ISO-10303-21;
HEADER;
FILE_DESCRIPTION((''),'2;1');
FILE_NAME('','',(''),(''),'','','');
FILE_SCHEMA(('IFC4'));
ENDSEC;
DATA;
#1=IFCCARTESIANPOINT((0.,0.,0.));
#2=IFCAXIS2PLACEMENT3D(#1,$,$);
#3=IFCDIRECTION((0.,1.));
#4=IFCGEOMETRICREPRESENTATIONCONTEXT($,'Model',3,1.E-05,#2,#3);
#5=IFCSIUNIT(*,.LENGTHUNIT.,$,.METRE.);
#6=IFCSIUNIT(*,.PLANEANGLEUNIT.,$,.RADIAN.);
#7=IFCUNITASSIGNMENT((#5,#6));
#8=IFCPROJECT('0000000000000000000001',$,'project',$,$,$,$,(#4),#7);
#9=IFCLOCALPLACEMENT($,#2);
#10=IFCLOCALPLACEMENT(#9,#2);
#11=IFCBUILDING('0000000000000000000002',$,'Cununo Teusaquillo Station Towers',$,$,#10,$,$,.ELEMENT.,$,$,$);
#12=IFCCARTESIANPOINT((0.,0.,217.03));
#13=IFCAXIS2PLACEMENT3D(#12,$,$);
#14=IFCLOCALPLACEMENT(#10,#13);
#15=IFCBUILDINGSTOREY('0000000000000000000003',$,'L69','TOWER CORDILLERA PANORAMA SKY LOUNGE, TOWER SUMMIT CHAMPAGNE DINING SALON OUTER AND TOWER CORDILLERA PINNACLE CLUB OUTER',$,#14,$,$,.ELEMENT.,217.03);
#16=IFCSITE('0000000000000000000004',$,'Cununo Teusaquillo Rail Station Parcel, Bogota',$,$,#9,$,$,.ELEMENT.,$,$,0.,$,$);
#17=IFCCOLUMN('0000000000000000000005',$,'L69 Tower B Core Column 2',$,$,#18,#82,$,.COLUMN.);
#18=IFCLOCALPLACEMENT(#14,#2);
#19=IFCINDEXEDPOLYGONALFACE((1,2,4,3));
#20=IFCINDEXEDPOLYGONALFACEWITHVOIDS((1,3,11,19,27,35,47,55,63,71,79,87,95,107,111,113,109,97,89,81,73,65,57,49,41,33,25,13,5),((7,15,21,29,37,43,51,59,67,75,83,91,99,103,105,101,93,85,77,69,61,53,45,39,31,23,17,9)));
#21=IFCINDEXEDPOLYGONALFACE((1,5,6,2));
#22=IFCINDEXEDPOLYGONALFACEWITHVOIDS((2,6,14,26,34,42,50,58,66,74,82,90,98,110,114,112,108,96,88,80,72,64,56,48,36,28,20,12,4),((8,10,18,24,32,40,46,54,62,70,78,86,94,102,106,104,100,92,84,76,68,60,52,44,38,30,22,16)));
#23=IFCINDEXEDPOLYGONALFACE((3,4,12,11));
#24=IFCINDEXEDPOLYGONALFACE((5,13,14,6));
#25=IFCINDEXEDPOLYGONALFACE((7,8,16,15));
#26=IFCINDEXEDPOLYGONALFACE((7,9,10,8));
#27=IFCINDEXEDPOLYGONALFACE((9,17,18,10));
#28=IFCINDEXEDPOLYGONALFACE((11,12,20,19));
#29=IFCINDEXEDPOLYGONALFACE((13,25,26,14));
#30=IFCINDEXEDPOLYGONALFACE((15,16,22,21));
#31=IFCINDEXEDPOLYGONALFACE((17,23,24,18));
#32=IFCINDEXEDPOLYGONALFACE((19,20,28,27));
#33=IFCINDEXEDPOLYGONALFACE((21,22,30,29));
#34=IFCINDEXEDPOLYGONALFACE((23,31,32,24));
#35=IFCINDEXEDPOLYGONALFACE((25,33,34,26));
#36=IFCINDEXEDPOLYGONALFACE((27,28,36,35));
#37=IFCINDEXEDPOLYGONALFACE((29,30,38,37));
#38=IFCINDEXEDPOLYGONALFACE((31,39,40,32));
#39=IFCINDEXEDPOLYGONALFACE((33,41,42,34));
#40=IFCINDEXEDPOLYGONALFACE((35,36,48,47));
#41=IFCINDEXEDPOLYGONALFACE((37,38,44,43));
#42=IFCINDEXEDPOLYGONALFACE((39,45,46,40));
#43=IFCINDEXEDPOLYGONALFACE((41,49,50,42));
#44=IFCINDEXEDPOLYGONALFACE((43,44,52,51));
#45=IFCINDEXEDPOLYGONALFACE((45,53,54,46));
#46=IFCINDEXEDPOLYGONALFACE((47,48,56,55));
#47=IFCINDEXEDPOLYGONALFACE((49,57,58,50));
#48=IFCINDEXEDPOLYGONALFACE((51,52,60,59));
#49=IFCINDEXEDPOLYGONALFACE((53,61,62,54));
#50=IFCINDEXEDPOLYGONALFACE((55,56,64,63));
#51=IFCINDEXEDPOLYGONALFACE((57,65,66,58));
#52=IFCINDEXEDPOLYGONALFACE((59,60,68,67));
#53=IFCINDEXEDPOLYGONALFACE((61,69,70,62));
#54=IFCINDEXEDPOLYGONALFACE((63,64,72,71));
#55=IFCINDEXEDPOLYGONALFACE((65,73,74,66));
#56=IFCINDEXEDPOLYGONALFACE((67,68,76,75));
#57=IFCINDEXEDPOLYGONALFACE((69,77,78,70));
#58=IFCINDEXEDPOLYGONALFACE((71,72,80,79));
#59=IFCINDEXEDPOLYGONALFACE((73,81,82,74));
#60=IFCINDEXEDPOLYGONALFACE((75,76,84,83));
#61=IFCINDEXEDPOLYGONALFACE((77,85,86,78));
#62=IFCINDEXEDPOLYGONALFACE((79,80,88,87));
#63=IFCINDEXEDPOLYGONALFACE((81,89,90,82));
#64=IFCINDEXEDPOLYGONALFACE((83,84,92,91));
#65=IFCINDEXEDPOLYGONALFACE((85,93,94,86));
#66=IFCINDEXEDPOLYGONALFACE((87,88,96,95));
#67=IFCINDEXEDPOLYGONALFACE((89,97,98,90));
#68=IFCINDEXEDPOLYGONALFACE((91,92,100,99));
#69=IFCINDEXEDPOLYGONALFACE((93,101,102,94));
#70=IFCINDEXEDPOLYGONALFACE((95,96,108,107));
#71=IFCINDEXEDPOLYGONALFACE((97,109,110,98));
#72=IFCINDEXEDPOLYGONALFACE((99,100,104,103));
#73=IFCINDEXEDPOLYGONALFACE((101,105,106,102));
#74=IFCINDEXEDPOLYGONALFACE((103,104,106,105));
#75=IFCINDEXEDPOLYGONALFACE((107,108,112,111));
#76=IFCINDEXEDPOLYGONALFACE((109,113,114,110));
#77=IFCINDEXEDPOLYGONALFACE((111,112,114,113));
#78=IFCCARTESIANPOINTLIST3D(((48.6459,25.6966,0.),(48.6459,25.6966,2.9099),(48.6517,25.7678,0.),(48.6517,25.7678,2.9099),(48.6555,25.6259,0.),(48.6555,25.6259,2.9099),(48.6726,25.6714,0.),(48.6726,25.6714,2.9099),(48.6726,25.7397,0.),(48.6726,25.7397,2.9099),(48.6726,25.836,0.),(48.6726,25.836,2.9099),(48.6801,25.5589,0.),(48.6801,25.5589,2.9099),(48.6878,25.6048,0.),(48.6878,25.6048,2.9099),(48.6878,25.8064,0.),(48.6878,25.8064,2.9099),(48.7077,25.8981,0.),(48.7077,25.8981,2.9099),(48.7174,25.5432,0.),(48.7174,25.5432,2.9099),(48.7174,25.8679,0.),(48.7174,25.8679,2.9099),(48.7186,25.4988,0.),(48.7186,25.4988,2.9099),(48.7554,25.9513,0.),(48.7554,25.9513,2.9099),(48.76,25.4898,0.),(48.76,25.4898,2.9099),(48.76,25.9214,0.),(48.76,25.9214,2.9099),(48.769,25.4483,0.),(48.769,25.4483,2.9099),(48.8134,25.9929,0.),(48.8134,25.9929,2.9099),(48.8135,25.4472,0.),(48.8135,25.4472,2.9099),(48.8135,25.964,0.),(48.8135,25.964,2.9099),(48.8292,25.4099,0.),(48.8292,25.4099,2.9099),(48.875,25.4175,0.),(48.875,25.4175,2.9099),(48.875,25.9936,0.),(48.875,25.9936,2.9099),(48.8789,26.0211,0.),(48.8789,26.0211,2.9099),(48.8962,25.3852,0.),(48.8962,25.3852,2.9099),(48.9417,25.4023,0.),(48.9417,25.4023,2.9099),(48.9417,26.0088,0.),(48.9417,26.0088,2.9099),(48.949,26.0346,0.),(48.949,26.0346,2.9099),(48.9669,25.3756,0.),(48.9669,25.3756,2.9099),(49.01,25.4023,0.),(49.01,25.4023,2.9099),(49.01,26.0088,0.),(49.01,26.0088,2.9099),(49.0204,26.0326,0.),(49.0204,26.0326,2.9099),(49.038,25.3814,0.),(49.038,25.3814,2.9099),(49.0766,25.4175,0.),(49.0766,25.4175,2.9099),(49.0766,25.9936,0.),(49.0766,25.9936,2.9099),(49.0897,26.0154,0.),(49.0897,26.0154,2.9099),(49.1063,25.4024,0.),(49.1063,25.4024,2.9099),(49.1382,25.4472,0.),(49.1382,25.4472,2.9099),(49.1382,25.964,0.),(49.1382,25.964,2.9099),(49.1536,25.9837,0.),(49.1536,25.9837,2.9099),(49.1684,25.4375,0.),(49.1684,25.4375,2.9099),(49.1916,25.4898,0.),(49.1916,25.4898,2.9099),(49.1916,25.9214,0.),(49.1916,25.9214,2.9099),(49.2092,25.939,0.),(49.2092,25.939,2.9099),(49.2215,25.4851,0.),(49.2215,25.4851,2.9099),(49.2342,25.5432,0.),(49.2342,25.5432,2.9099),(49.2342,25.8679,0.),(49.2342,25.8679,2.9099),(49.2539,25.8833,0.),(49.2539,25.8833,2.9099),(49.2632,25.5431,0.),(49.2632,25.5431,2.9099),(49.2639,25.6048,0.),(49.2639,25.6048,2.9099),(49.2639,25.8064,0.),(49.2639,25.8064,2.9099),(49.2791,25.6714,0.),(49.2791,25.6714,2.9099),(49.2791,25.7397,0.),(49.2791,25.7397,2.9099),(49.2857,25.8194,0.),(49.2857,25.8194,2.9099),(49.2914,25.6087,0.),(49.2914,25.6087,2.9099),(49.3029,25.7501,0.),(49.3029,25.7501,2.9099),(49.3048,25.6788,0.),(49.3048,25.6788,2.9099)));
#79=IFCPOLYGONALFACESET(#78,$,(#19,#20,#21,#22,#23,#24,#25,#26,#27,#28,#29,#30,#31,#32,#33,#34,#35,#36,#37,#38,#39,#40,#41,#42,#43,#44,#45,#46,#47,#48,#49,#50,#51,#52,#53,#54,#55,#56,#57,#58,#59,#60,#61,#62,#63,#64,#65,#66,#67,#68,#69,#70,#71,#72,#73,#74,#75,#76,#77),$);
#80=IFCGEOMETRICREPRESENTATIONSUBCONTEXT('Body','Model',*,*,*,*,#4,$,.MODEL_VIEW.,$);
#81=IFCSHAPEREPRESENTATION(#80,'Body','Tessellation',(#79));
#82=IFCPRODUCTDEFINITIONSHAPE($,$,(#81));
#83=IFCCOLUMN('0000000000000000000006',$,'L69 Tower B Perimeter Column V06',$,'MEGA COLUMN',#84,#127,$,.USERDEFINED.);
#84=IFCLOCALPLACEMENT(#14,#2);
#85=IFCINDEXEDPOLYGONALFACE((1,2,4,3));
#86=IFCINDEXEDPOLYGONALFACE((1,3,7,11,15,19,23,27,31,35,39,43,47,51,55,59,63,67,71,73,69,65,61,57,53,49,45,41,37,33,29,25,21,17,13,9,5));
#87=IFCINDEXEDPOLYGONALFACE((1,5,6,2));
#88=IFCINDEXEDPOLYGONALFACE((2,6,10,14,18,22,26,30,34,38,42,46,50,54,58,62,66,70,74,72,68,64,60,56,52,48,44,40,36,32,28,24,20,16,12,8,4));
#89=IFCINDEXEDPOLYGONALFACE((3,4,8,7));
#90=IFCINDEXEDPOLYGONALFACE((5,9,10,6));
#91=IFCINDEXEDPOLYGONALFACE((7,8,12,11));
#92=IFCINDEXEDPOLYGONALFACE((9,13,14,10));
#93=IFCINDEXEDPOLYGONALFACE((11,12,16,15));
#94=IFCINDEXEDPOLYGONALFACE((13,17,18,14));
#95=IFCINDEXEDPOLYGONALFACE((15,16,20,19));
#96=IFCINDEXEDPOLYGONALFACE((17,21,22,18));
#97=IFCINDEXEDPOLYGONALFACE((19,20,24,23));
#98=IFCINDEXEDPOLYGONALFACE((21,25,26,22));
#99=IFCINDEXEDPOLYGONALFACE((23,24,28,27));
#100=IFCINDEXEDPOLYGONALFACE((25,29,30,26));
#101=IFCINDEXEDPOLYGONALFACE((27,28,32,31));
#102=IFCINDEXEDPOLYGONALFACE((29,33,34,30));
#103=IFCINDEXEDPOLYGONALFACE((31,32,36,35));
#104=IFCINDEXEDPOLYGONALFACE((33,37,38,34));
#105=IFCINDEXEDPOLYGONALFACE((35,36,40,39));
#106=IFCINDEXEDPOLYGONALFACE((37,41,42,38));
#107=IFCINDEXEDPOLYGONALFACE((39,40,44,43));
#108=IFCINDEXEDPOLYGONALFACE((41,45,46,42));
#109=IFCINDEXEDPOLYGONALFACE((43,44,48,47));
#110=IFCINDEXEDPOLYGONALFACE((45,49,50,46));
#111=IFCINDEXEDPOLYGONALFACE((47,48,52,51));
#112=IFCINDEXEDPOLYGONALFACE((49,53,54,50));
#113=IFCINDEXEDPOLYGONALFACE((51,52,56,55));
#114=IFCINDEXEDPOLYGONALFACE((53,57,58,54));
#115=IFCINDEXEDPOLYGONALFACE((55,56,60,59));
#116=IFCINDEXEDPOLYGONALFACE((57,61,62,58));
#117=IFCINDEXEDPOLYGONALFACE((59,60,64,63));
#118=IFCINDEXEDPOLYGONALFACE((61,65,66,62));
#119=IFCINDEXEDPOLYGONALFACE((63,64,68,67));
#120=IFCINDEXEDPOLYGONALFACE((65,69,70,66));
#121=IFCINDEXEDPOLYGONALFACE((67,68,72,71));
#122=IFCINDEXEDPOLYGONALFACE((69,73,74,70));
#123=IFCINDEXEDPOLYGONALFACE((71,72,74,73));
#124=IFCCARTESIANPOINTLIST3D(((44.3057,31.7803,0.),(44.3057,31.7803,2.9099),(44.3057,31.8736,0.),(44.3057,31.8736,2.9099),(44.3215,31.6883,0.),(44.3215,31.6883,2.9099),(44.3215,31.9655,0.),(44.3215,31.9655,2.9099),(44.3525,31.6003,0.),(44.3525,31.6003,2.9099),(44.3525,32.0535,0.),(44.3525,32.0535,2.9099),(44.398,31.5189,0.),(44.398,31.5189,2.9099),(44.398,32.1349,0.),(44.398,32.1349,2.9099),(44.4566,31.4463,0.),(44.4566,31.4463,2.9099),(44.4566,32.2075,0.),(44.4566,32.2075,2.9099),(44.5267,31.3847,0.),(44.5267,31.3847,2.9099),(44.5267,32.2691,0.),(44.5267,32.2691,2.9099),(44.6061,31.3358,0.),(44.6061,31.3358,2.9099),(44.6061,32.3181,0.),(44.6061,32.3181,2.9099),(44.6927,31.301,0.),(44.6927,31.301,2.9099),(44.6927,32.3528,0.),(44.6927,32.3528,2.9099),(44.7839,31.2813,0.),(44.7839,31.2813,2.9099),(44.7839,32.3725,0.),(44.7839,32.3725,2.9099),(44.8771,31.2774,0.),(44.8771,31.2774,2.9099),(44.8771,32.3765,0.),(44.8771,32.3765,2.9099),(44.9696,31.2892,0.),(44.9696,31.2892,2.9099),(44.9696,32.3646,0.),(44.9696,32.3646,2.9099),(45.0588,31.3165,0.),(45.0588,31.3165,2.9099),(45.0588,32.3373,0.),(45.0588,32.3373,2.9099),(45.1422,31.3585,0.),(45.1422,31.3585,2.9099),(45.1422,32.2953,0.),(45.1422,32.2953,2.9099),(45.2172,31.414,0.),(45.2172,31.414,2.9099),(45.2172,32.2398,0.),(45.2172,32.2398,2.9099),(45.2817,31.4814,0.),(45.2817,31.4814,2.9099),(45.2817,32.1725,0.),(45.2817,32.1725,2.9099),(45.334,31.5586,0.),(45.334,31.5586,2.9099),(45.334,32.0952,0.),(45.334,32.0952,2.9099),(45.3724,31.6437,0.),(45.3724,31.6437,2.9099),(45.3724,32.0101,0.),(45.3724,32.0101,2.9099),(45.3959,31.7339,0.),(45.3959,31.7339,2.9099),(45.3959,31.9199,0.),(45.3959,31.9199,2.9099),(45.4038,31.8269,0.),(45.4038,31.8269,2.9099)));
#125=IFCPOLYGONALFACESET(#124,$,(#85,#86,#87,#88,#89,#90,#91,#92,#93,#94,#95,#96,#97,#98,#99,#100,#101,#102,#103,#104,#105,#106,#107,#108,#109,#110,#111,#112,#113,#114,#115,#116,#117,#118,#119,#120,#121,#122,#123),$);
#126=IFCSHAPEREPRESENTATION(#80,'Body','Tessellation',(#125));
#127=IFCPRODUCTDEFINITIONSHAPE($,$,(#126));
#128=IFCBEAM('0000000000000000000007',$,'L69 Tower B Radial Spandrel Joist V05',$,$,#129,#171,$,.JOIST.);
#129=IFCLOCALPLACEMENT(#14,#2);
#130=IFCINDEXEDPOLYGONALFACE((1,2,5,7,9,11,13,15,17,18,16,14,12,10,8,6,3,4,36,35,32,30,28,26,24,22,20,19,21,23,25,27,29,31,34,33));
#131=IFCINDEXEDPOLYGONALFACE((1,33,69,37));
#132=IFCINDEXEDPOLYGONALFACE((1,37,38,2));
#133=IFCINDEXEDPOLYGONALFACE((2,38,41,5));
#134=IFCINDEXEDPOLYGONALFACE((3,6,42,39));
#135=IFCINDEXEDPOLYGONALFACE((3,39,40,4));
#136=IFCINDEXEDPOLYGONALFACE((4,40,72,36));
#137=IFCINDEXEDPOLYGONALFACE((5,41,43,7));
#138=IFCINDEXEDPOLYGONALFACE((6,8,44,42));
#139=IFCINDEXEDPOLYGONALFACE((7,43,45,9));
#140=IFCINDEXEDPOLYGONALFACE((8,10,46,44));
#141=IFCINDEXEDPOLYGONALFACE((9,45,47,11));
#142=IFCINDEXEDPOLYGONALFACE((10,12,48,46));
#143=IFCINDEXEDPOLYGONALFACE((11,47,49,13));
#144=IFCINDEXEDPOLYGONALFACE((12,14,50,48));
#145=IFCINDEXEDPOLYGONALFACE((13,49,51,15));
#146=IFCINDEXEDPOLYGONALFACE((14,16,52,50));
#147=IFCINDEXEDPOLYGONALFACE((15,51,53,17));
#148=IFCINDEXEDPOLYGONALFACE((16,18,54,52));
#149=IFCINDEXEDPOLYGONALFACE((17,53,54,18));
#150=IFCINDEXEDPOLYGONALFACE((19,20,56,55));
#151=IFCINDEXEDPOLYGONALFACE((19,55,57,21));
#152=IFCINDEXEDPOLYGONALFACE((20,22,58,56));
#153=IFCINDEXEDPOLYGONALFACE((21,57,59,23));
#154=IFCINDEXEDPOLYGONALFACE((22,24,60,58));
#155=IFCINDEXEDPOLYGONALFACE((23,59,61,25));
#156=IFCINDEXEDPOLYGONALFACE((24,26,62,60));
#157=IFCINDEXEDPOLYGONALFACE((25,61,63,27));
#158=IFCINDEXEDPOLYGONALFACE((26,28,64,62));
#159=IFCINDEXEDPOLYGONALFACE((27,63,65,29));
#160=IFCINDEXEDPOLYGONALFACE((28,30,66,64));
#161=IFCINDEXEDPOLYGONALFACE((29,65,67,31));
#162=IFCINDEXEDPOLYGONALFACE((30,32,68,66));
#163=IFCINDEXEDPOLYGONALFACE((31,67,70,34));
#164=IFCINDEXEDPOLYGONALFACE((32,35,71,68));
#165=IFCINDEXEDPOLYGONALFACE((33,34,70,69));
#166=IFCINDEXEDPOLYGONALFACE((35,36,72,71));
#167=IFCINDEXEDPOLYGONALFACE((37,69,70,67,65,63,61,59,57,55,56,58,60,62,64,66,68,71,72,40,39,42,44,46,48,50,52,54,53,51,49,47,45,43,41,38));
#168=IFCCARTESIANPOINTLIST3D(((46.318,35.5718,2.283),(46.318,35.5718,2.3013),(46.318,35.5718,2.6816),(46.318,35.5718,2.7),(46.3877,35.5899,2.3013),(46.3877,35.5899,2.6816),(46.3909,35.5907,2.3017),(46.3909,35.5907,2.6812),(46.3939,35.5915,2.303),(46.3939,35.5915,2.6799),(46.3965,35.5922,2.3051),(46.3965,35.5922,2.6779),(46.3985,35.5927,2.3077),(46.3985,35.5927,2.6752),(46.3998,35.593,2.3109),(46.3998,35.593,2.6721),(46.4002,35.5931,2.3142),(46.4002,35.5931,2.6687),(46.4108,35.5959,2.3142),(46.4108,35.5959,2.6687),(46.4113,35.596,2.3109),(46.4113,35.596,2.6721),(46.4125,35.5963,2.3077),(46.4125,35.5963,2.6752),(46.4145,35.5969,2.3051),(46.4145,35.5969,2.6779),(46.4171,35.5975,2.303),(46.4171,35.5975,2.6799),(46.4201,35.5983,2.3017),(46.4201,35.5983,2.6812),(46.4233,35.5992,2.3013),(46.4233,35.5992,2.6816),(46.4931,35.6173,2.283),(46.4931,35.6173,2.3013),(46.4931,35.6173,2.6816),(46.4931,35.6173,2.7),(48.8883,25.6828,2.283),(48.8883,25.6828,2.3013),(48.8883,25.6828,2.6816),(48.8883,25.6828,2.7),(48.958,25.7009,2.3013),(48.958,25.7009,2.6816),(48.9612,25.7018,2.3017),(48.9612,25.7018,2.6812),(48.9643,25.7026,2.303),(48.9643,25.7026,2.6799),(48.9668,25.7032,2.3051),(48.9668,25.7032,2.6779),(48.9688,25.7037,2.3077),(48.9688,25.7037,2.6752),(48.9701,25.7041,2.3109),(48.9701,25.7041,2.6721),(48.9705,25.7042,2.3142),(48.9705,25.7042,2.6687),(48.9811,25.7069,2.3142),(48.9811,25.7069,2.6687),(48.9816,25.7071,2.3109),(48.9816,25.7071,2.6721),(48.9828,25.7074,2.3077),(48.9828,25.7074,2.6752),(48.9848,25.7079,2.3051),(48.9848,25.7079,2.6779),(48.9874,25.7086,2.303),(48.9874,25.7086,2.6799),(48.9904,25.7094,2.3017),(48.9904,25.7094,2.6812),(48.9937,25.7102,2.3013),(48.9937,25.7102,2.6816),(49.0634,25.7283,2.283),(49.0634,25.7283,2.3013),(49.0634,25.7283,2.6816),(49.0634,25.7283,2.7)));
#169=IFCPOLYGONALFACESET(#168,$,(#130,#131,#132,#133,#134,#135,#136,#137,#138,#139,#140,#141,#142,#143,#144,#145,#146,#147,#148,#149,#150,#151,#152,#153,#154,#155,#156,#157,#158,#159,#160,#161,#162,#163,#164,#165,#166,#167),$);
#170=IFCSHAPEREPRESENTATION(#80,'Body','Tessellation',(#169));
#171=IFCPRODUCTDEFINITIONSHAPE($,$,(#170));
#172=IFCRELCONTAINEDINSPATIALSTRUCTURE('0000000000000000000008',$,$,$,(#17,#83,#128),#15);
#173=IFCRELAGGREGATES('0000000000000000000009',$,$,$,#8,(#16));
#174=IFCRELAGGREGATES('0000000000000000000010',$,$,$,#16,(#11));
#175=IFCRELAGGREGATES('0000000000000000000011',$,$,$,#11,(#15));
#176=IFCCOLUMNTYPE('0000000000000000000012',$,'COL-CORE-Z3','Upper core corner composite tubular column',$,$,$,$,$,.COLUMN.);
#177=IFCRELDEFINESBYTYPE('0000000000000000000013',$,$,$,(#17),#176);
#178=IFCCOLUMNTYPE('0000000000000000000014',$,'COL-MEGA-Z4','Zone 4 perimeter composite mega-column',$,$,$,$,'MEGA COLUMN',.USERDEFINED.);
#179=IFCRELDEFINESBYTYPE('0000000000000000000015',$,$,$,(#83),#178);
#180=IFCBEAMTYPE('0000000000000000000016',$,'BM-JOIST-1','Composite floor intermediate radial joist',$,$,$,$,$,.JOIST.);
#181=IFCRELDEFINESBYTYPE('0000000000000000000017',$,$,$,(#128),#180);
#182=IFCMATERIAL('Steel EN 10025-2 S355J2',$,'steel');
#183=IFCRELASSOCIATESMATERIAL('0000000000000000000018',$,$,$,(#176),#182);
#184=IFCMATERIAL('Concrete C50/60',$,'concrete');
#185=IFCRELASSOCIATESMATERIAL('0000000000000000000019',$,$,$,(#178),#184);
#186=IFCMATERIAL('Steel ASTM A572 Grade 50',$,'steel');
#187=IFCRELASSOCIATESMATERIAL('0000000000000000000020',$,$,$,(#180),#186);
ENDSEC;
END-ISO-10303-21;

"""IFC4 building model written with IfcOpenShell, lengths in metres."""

from ifc_helpers import new_model, si_unit, direction, frame, origin, origin_2d, place, context, subcontext, project, spatial, circle, hollow_circle, i_section, extrude, material, material_profile, profile_set, type_object, element, save


model = new_model("IFC4")

# Units and contexts
model_context = context("Model", 3, precision=1e-05, world=origin(), true_north=direction((0.0, 1.0)))
body_context = subcontext(model_context, "Body", "Model", "MODEL_VIEW")
ifc_project = project(units=[si_unit("LENGTHUNIT", "METRE"), si_unit("PLANEANGLEUNIT", "RADIAN")], contexts=[model_context])

# Site, building, storey
site_placement = place(None, origin())
site = spatial("IfcSite", under=ifc_project, at=site_placement, Name="Cununo Teusaquillo Rail Station Parcel, Bogota", CompositionType="ELEMENT", RefElevation=0.0)
building_placement = place(site_placement, origin())
building = spatial("IfcBuilding", under=site, at=building_placement, Name="Cununo Teusaquillo Station Towers", CompositionType="ELEMENT")
storey_placement = place(building_placement, frame((0.0, 0.0, 217.03)))
storey = spatial("IfcBuildingStorey", under=building, at=storey_placement, Name="L69", Description="TOWER CORDILLERA PANORAMA SKY LOUNGE, TOWER SUMMIT CHAMPAGNE DINING SALON OUTER AND TOWER CORDILLERA PINNACLE CLUB OUTER", CompositionType="ELEMENT", Elevation=217.03)

# Columns
ifc_material_1 = material(Name="Steel EN 10025-2 S355J2", Category="steel")
ifc_material_profile_1 = material_profile(ifc_material_1, hollow_circle(Radius=0.3301, WallThickness=0.0249, at=origin_2d()), Name="CHS 660x25")
ifc_profile_set_1 = profile_set([ifc_material_profile_1], Name="Steel EN 10025-2 S355J2")
column_type_1 = type_object("IfcColumnType", Name="COL-CORE-Z3", Description="Upper core corner composite tubular column", PredefinedType="COLUMN", material=ifc_profile_set_1)
column_1_placement = place(storey_placement, frame((48.9758, 25.7056, 0.0), z_axis=(0.0, 0.0, 1.0), x_axis=(0.707107, 0.707107, 0.0)))
element("IfcColumn", 1, at=column_1_placement, inside=storey, type_object=column_type_1, Name="L69 Tower B Core Column 2", PredefinedType="COLUMN", context=body_context, shape_type="SweptSolid", body=[
    extrude(hollow_circle(Radius=0.3301, WallThickness=0.0249, at=origin_2d()), origin(), (0.0, 0.0, 1.0), 2.9099),
])
ifc_material_2 = material(Name="Concrete C50/60", Category="concrete")
ifc_material_profile_2 = material_profile(ifc_material_2, circle(Radius=0.55, at=origin_2d()), Name="RC-CIRC-1100")
ifc_profile_set_2 = profile_set([ifc_material_profile_2], Name="Concrete C50/60")
column_type_2 = type_object("IfcColumnType", Name="COL-MEGA-Z4", Description="Zone 4 perimeter composite mega-column", ElementType="MEGA COLUMN", PredefinedType="USERDEFINED", material=ifc_profile_set_2)
column_2_placement = place(storey_placement, frame((44.8538, 31.8269, 0.0), z_axis=(0.0, 0.0, 1.0), x_axis=(1.0, 0.0, 0.0)))
element("IfcColumn", 2, at=column_2_placement, inside=storey, type_object=column_type_2, Name="L69 Tower B Perimeter Column V06", ObjectType="MEGA COLUMN", PredefinedType="USERDEFINED", context=body_context, shape_type="SweptSolid", body=[
    extrude(circle(Radius=0.55, at=origin_2d()), origin(), (0.0, 0.0, 1.0), 2.9099),
])

# Beam
ifc_material_3 = material(Name="Steel ASTM A572 Grade 50", Category="steel")
ifc_material_profile_3 = material_profile(ifc_material_3, i_section(OverallWidth=0.1809, OverallDepth=0.417, WebThickness=0.011, FlangeThickness=0.0183, FilletRadius=0.0129, at=origin_2d()), Name="W16X57")
ifc_profile_set_3 = profile_set([ifc_material_profile_3], Name="Steel ASTM A572 Grade 50")
beam_type_1 = type_object("IfcBeamType", Name="BM-JOIST-1", Description="Composite floor intermediate radial joist", PredefinedType="JOIST", material=ifc_profile_set_3)
beam_1_placement = place(storey_placement, frame((48.9758, 25.7056, 2.4915), z_axis=(-0.25156, 0.967842, 0.0), x_axis=(-0.967842, -0.25156, 0.0)))
element("IfcBeam", 3, at=beam_1_placement, inside=storey, type_object=beam_type_1, Name="L69 Tower B Radial Spandrel Joist V05", PredefinedType="JOIST", context=body_context, shape_type="SweptSolid", body=[
    extrude(i_section(OverallWidth=0.1809, OverallDepth=0.417, WebThickness=0.011, FlangeThickness=0.0183, FilletRadius=0.0129, at=origin_2d()), origin(), (0.0, 0.0, 1.0), 10.2175),
])

save(model, "model.ifc")
